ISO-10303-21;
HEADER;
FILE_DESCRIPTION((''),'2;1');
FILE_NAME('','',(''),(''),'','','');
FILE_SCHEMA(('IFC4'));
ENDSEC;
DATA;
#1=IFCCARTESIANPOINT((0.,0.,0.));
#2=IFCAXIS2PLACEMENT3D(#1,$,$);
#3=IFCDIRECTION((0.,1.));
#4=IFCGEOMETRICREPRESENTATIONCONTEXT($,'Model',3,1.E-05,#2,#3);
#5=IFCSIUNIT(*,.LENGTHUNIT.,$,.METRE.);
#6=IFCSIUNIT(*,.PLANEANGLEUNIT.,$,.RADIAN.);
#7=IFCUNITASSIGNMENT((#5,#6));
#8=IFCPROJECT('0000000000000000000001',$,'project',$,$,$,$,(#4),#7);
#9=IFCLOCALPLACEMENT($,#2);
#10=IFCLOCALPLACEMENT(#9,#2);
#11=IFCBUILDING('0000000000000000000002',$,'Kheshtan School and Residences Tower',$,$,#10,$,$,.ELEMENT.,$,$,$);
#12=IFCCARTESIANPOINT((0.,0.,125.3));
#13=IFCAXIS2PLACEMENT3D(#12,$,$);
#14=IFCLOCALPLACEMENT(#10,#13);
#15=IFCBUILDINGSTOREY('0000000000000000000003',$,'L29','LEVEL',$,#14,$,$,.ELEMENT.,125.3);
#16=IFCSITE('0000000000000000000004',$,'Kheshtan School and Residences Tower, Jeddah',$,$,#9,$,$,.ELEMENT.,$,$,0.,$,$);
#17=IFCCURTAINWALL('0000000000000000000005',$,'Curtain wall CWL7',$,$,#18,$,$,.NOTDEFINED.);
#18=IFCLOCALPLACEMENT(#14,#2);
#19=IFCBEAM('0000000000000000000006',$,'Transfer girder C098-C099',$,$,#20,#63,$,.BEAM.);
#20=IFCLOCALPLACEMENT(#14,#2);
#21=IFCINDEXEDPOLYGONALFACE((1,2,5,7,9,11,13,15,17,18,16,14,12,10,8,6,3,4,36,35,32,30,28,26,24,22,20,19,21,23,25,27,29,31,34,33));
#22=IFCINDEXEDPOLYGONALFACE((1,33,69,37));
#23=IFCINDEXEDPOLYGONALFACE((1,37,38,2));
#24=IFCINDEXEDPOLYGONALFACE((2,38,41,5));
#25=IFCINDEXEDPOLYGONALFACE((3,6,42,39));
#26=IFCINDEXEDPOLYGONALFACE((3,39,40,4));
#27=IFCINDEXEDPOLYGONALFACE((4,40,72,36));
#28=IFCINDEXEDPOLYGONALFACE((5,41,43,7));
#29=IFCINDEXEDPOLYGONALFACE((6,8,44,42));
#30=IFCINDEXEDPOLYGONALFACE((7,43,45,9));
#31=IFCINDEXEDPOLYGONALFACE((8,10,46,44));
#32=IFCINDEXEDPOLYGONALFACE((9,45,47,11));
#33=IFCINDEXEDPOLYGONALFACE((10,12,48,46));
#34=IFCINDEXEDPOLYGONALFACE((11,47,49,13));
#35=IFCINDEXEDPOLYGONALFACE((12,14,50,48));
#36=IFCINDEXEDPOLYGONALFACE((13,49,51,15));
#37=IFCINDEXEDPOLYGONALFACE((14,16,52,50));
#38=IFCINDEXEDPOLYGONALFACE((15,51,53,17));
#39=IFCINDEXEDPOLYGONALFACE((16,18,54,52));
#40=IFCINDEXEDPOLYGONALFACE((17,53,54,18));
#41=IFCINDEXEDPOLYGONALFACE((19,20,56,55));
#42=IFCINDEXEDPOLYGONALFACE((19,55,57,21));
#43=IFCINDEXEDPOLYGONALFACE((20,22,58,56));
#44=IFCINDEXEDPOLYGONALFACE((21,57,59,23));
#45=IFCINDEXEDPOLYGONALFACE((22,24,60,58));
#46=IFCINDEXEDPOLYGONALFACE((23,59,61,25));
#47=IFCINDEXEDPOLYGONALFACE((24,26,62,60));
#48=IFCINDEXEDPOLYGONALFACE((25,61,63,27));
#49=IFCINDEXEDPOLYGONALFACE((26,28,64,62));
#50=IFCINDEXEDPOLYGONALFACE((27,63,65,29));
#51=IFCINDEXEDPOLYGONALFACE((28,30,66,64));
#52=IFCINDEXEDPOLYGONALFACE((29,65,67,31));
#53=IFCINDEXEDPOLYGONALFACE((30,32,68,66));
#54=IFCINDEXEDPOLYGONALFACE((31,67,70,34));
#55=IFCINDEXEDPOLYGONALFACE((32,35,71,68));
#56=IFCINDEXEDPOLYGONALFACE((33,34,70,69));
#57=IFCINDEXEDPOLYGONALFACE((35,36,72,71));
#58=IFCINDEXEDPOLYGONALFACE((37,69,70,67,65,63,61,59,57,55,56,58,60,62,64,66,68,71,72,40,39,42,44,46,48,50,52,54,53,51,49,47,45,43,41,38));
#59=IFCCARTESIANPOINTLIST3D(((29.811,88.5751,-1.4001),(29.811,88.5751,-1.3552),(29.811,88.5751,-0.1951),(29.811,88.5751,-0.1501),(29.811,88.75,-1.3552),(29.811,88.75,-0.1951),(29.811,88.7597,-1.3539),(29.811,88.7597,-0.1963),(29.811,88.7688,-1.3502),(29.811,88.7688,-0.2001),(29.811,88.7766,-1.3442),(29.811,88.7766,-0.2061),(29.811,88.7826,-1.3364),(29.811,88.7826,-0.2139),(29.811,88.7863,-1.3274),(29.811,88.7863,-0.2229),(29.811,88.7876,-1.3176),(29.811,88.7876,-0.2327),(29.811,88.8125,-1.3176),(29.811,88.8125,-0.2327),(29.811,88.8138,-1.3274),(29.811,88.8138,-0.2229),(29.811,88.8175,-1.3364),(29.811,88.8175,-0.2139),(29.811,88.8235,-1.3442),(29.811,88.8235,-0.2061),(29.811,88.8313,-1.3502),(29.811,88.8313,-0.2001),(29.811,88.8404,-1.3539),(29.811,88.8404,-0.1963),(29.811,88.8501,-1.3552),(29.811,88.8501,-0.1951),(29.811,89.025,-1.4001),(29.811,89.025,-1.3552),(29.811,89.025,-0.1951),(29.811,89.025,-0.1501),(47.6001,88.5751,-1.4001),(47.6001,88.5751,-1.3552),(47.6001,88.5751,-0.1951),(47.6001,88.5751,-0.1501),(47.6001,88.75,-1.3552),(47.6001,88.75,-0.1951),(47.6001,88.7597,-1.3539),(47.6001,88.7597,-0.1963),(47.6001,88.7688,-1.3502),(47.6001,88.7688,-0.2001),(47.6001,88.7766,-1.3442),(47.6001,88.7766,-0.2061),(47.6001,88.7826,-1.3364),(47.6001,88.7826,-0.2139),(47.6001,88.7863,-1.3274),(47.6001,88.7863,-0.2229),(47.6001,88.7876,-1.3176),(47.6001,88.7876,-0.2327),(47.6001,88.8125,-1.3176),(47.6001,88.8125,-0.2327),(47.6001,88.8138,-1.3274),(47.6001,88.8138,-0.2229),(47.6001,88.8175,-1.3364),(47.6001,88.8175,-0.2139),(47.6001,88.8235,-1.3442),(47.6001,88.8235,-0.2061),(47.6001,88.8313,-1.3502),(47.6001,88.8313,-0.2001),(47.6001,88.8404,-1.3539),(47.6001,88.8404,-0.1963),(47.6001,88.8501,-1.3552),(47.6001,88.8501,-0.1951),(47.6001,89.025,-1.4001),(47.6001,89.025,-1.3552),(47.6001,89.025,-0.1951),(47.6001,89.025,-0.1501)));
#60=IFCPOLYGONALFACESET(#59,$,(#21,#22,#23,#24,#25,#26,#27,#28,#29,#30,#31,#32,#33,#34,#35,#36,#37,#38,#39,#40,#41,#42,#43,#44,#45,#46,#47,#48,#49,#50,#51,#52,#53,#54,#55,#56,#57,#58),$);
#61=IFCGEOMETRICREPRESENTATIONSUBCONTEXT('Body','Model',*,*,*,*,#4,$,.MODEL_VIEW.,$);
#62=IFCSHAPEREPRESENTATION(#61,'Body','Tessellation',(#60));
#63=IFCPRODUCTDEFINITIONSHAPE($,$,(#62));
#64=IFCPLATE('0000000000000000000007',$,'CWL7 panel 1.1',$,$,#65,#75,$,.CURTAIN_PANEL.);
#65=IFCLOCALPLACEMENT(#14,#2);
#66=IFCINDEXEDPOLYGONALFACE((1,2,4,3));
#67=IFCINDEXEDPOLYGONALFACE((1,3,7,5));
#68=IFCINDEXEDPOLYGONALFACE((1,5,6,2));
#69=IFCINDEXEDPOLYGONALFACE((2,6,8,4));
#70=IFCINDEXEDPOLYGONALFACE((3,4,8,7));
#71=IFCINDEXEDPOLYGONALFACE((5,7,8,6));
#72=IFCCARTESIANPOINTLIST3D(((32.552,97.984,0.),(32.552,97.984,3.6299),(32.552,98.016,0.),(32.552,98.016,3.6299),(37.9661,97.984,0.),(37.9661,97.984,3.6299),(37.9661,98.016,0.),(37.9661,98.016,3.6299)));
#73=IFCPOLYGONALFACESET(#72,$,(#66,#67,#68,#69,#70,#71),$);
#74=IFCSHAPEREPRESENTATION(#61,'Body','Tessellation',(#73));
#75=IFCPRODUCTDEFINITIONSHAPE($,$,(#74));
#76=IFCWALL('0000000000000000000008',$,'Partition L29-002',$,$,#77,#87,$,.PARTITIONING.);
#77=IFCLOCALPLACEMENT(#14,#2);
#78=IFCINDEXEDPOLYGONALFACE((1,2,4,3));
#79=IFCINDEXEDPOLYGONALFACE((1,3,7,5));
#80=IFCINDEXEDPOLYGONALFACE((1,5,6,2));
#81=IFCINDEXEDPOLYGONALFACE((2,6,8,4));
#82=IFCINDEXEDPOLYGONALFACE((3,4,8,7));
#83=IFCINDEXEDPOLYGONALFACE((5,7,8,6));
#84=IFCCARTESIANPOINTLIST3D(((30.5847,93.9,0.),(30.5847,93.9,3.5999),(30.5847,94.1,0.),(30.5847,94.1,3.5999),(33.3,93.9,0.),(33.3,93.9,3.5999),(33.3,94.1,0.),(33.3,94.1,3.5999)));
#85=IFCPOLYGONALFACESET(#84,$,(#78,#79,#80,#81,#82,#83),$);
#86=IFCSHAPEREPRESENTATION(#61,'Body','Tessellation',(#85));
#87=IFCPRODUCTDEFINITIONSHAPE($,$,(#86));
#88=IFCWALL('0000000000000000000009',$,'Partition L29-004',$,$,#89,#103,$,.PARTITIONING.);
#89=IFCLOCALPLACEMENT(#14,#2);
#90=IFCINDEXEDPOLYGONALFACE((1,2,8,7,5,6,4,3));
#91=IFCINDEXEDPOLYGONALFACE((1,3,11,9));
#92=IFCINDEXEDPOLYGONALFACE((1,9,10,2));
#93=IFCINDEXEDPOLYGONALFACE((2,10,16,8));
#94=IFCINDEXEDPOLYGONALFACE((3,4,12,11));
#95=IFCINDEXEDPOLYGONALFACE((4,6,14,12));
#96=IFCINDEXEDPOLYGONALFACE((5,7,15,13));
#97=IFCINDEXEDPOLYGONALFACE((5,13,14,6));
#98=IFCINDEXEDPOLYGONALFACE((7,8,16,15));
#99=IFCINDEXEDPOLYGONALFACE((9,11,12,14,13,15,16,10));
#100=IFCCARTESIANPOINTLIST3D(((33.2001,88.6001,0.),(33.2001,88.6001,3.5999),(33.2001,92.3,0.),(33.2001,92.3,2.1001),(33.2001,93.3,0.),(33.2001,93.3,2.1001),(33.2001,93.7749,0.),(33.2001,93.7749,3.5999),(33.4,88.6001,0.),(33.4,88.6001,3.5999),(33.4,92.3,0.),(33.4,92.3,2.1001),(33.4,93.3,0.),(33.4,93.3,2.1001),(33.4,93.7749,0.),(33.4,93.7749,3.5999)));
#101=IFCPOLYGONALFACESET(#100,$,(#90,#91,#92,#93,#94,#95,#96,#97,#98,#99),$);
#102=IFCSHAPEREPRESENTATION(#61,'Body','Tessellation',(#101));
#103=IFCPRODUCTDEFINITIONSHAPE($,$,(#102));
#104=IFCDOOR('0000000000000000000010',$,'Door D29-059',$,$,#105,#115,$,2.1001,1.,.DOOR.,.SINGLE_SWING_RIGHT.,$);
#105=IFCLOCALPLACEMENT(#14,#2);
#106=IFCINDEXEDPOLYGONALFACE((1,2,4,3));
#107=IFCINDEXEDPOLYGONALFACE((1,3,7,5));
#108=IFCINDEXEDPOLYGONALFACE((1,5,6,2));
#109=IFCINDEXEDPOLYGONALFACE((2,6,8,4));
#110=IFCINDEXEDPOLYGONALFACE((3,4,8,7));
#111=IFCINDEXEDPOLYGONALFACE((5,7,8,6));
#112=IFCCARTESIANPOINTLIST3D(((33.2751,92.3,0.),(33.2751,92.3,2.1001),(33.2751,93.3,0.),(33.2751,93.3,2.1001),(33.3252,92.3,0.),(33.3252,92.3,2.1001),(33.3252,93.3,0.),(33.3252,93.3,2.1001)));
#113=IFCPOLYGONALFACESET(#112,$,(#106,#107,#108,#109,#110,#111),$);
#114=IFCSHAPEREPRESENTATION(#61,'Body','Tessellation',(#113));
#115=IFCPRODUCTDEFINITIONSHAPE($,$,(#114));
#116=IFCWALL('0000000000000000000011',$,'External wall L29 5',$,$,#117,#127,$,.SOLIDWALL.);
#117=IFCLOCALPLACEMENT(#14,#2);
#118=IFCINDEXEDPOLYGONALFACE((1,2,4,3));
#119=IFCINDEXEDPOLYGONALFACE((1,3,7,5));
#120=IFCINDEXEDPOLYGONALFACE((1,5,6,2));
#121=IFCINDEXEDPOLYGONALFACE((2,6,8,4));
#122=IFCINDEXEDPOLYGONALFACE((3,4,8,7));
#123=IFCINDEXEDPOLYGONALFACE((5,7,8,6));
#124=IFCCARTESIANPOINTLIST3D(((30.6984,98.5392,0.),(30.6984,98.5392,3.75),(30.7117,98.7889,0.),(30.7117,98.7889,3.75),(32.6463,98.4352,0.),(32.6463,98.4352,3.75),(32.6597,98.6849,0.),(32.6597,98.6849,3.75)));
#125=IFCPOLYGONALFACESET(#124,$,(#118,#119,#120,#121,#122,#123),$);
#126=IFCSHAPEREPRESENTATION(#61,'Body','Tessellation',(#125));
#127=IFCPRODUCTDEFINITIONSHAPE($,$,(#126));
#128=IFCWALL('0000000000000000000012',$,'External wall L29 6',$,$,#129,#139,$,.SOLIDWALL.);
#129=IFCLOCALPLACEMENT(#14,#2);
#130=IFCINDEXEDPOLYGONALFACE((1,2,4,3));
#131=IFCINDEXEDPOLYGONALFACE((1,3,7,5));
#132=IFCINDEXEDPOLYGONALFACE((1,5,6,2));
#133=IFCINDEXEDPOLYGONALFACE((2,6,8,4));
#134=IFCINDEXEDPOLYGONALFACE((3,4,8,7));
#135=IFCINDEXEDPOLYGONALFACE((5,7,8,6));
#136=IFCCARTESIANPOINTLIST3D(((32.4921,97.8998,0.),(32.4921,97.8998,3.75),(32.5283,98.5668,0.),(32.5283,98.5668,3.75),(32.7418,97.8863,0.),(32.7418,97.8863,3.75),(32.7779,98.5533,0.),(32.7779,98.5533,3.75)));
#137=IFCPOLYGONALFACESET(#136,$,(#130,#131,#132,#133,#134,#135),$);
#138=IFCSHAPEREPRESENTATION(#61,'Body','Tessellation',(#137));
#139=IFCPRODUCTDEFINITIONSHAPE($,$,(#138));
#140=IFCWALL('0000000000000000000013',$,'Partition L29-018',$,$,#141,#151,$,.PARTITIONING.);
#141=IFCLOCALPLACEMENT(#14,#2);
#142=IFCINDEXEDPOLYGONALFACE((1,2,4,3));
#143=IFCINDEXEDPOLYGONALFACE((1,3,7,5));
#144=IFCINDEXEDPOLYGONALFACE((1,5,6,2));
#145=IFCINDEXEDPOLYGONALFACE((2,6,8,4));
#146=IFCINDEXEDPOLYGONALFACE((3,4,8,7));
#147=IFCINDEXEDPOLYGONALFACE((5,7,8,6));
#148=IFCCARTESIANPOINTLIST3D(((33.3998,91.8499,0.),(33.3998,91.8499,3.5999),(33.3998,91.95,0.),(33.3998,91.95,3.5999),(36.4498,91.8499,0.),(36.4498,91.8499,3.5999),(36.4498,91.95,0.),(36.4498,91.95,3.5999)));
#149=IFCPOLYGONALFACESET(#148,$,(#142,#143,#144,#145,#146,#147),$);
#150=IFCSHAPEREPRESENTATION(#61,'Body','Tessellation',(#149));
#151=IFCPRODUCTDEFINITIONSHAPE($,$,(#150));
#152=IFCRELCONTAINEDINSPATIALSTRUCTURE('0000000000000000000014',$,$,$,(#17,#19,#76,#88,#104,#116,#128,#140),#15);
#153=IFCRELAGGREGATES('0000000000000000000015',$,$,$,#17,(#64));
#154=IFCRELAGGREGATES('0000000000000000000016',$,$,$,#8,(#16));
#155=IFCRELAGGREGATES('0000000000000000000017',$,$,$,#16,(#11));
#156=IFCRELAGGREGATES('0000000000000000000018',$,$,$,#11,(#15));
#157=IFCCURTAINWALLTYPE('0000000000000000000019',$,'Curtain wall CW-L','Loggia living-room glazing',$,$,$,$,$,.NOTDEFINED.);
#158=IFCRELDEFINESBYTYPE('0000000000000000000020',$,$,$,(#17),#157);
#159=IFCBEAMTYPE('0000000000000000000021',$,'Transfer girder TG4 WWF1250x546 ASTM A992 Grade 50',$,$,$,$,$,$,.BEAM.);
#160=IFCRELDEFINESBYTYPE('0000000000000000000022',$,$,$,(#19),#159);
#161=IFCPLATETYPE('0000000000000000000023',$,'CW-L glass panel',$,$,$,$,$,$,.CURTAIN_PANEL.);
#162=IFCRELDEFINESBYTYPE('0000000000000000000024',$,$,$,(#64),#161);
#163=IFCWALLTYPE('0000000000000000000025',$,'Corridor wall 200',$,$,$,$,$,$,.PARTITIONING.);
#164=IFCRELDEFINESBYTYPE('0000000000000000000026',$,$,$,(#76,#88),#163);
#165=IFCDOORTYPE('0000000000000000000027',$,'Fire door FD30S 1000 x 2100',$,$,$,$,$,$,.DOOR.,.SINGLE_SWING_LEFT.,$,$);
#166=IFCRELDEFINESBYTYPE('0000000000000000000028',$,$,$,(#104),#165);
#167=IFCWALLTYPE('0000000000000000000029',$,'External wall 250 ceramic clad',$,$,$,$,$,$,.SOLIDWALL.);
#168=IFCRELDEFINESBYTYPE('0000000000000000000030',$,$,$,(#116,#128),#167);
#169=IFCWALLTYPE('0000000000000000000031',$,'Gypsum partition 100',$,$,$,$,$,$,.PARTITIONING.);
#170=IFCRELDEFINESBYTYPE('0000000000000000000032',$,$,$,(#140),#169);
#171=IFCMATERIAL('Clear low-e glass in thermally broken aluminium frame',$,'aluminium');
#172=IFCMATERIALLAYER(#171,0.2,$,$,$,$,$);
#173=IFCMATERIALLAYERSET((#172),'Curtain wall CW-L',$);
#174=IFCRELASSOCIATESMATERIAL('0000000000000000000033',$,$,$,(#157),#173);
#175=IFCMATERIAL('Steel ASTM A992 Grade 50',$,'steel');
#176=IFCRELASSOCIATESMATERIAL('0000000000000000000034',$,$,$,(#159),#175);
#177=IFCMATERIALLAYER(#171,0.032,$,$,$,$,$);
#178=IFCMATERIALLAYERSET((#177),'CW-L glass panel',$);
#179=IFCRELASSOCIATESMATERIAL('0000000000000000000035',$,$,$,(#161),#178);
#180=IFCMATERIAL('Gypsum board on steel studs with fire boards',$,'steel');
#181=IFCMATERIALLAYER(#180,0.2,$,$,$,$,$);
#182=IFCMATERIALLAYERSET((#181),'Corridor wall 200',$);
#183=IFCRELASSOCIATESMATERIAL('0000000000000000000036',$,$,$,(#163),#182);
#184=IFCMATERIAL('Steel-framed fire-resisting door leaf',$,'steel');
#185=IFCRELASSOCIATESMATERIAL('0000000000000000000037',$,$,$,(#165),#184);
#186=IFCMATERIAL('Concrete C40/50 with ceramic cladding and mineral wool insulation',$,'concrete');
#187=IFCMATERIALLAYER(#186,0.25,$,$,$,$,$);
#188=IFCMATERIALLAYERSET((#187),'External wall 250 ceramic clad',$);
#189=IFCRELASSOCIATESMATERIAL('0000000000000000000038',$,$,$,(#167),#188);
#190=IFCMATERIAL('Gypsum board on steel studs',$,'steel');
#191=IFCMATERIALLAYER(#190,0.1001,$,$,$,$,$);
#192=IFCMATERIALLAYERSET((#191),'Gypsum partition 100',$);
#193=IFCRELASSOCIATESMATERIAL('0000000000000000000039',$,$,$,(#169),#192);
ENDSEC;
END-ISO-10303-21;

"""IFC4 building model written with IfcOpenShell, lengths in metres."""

from ifc_helpers import new_model, si_unit, direction, frame, frame_2d, origin, origin_2d, place, context, subcontext, project, spatial, rectangle, i_section, extrude, source, transform, mapped, material, layer, layer_set, material_profile, profile_set, type_object, element, fill, aggregate, save


model = new_model("IFC4")

# Units and contexts
model_context = context("Model", 3, precision=1e-05, world=origin(), true_north=direction((0.0, 1.0)))
body_context = subcontext(model_context, "Body", "Model", "MODEL_VIEW")
ifc_project = project(units=[si_unit("LENGTHUNIT", "METRE"), si_unit("PLANEANGLEUNIT", "RADIAN")], contexts=[model_context])

# Site, building, storey
site_placement = place(None, origin())
site = spatial("IfcSite", under=ifc_project, at=site_placement, Name="Kheshtan School and Residences Tower, Jeddah", CompositionType="ELEMENT", RefElevation=0.0)
building_placement = place(site_placement, origin())
building = spatial("IfcBuilding", under=site, at=building_placement, Name="Kheshtan School and Residences Tower", CompositionType="ELEMENT")
storey_placement = place(building_placement, frame((0.0, 0.0, 125.3)))
storey = spatial("IfcBuildingStorey", under=building, at=storey_placement, Name="L29", Description="LEVEL", CompositionType="ELEMENT", Elevation=125.3)

# Shared definitions
ifc_material_1 = material(Name="Steel ASTM A992 Grade 50", Category="steel")

# Curtain wall
ifc_material_2 = material(Name="Clear low-e glass in thermally broken aluminium frame", Category="aluminium")
ifc_layer_1 = layer(ifc_material_2, 0.2)
ifc_layer_set_1 = layer_set([ifc_layer_1], Name="Curtain wall CW-L")
curtain_wall_type = type_object("IfcCurtainWallType", Name="Curtain wall CW-L", Description="Loggia living-room glazing", PredefinedType="NOTDEFINED", material=ifc_layer_set_1)
curtain_wall_placement = place(storey_placement, origin())
curtain_wall = element("IfcCurtainWall", 1, at=curtain_wall_placement, inside=storey, type_object=curtain_wall_type, Name="Curtain wall CWL7", PredefinedType="NOTDEFINED")

# Beam
ifc_material_profile_1 = material_profile(ifc_material_1, i_section(OverallWidth=0.45, OverallDepth=1.25, WebThickness=0.0249, FlangeThickness=0.0449, FilletRadius=0.0376, at=origin_2d()), Name="WWF1250x546")
ifc_profile_set_1 = profile_set([ifc_material_profile_1], Name="Steel ASTM A992 Grade 50")
beam_type_1 = type_object("IfcBeamType", Name="Transfer girder TG4 WWF1250x546 ASTM A992 Grade 50", PredefinedType="BEAM", material=ifc_profile_set_1)
beam_1_placement = place(storey_placement, frame((29.811, 88.8, -0.7751), z_axis=(1.0, 0.0, 0.0), x_axis=(0.0, 1.0, 0.0)))
element("IfcBeam", 2, at=beam_1_placement, inside=storey, type_object=beam_type_1, Name="Transfer girder C098-C099", PredefinedType="BEAM", context=body_context, shape_type="SweptSolid", body=[
    extrude(i_section(OverallWidth=0.45, OverallDepth=1.25, WebThickness=0.0249, FlangeThickness=0.0449, FilletRadius=0.0376, at=origin_2d()), origin(), (0.0, 0.0, 1.0), 17.7891),
])

# Plate
ifc_layer_2 = layer(ifc_material_2, 0.032)
ifc_layer_set_2 = layer_set([ifc_layer_2], Name="CW-L glass panel")
plate_type = type_object("IfcPlateType", Name="CW-L glass panel", PredefinedType="CURTAIN_PANEL", material=ifc_layer_set_2)
plate_placement = place(storey_placement, frame((35.259, 98.0, 0.0), z_axis=(0.0, 0.0, 1.0), x_axis=(1.0, 0.0, 0.0)))
plate = element("IfcPlate", 3, at=plate_placement, type_object=plate_type, Name="CWL7 panel 1.1", PredefinedType="CURTAIN_PANEL", context=body_context, shape_type="SweptSolid", body=[
    extrude(rectangle(XDim=5.4141, YDim=0.032, at=origin_2d()), origin(), (0.0, 0.0, 1.0), 3.6299),
])
aggregate(curtain_wall, [plate])

# Wall
ifc_material_3 = material(Name="Gypsum board on steel studs with fire boards", Category="steel")
ifc_layer_3 = layer(ifc_material_3, 0.2)
ifc_layer_set_3 = layer_set([ifc_layer_3], Name="Corridor wall 200")
wall_type_1 = type_object("IfcWallType", Name="Corridor wall 200", PredefinedType="PARTITIONING", material=ifc_layer_set_3)
wall_1_placement = place(storey_placement, frame((30.5847, 94.0, 0.0), z_axis=(0.0, 0.0, 1.0), x_axis=(1.0, 0.0, 0.0)))
element("IfcWall", 4, at=wall_1_placement, inside=storey, type_object=wall_type_1, Name="Partition L29-002", PredefinedType="PARTITIONING", context=body_context, shape_type="SweptSolid", body=[
    extrude(rectangle(XDim=2.7153, YDim=0.2, at=frame_2d((1.3577, 0.0))), origin(), (0.0, 0.0, 1.0), 3.5999),
])

# Wall, opening, door
wall_2_placement = place(storey_placement, frame((33.3, 88.6001, 0.0), z_axis=(0.0, 0.0, 1.0), x_axis=(0.0, 1.0, 0.0)))
wall_2 = element("IfcWall", 5, at=wall_2_placement, inside=storey, type_object=wall_type_1, Name="Partition L29-004", PredefinedType="PARTITIONING", context=body_context, shape_type="SweptSolid", body=[
    extrude(rectangle(XDim=5.1748, YDim=0.2, at=frame_2d((2.5874, 0.0))), origin(), (0.0, 0.0, 1.0), 3.5999),
])
opening_1_placement = place(wall_2_placement, frame((3.7, 0.0, 0.0)))
opening_1 = element("IfcOpeningElement", 6, at=opening_1_placement, cuts=wall_2, PredefinedType="OPENING", context=body_context, shape_type="SweptSolid", body=[
    extrude(rectangle(XDim=1.0, YDim=2.1001, at=frame_2d((0.5, 1.05))), frame((0.0, 0.1099, 0.0), z_axis=(0.0, -1.0, 0.0), x_axis=(1.0, 0.0, 0.0)), (0.0, 0.0, 1.0), 0.22),
])
ifc_material_4 = material(Name="Steel-framed fire-resisting door leaf", Category="steel")
door_type_1 = type_object("IfcDoorType", Name="Fire door FD30S 1000 x 2100", OperationType="SINGLE_SWING_LEFT", PredefinedType="DOOR", material=ifc_material_4)
shared_shape_1 = source(origin(), body_context, "Body", "SweptSolid", [
    extrude(rectangle(XDim=1.0, YDim=2.1001, at=frame_2d((0.5, 1.05))), frame((0.0, 0.0249, 0.0), z_axis=(0.0, -1.0, 0.0), x_axis=(1.0, 0.0, 0.0)), (0.0, 0.0, 1.0), 0.05),
])
door_1_placement = place(opening_1_placement, origin())
door_1 = element("IfcDoor", 7, at=door_1_placement, inside=storey, type_object=door_type_1, Name="Door D29-059", OperationType="SINGLE_SWING_RIGHT", OverallHeight=2.1001, OverallWidth=1.0, PredefinedType="DOOR", context=body_context, shape_type="MappedRepresentation", body=[
    mapped(shared_shape_1, transform((0.0, 0.0, 0.0), x_axis=(1.0, 0.0, 0.0), y_axis=(0.0, 1.0, 0.0), z_axis=(0.0, 0.0, 1.0), scale=1.0)),
])
fill(opening_1, door_1)

# Walls
ifc_material_5 = material(Name="Concrete C40/50 with ceramic cladding and mineral wool insulation", Category="concrete")
ifc_layer_4 = layer(ifc_material_5, 0.25)
ifc_layer_set_4 = layer_set([ifc_layer_4], Name="External wall 250 ceramic clad")
wall_type_2 = type_object("IfcWallType", Name="External wall 250 ceramic clad", PredefinedType="SOLIDWALL", material=ifc_layer_set_4)
wall_3_placement = place(storey_placement, frame((30.7051, 98.6641, 0.0), z_axis=(0.0, 0.0, 1.0), x_axis=(0.998578, -0.053314, 0.0)))
element("IfcWall", 8, at=wall_3_placement, inside=storey, type_object=wall_type_2, Name="External wall L29 5", PredefinedType="SOLIDWALL", context=body_context, shape_type="SweptSolid", body=[
    extrude(rectangle(XDim=1.9507, YDim=0.25, at=frame_2d((0.9753, 0.0))), origin(), (0.0, 0.0, 1.0), 3.75),
])
wall_4_placement = place(storey_placement, frame((32.6531, 98.5601, 0.0), z_axis=(0.0, 0.0, 1.0), x_axis=(-0.054093, -0.998536, 0.0)))
element("IfcWall", 9, at=wall_4_placement, inside=storey, type_object=wall_type_2, Name="External wall L29 6", PredefinedType="SOLIDWALL", context=body_context, shape_type="SweptSolid", body=[
    extrude(rectangle(XDim=0.668, YDim=0.25, at=frame_2d((0.334, 0.0))), origin(), (0.0, 0.0, 1.0), 3.75),
])
ifc_material_6 = material(Name="Gypsum board on steel studs", Category="steel")
ifc_layer_5 = layer(ifc_material_6, 0.1001)
ifc_layer_set_5 = layer_set([ifc_layer_5], Name="Gypsum partition 100")
wall_type_3 = type_object("IfcWallType", Name="Gypsum partition 100", PredefinedType="PARTITIONING", material=ifc_layer_set_5)
wall_5_placement = place(storey_placement, frame((33.3999, 91.8999, 0.0), z_axis=(0.0, 0.0, 1.0), x_axis=(1.0, 0.0, 0.0)))
element("IfcWall", 10, at=wall_5_placement, inside=storey, type_object=wall_type_3, Name="Partition L29-018", PredefinedType="PARTITIONING", context=body_context, shape_type="SweptSolid", body=[
    extrude(rectangle(XDim=3.05, YDim=0.1001, at=frame_2d((1.5249, 0.0))), origin(), (0.0, 0.0, 1.0), 3.5999),
])

save(model, "model.ifc")
